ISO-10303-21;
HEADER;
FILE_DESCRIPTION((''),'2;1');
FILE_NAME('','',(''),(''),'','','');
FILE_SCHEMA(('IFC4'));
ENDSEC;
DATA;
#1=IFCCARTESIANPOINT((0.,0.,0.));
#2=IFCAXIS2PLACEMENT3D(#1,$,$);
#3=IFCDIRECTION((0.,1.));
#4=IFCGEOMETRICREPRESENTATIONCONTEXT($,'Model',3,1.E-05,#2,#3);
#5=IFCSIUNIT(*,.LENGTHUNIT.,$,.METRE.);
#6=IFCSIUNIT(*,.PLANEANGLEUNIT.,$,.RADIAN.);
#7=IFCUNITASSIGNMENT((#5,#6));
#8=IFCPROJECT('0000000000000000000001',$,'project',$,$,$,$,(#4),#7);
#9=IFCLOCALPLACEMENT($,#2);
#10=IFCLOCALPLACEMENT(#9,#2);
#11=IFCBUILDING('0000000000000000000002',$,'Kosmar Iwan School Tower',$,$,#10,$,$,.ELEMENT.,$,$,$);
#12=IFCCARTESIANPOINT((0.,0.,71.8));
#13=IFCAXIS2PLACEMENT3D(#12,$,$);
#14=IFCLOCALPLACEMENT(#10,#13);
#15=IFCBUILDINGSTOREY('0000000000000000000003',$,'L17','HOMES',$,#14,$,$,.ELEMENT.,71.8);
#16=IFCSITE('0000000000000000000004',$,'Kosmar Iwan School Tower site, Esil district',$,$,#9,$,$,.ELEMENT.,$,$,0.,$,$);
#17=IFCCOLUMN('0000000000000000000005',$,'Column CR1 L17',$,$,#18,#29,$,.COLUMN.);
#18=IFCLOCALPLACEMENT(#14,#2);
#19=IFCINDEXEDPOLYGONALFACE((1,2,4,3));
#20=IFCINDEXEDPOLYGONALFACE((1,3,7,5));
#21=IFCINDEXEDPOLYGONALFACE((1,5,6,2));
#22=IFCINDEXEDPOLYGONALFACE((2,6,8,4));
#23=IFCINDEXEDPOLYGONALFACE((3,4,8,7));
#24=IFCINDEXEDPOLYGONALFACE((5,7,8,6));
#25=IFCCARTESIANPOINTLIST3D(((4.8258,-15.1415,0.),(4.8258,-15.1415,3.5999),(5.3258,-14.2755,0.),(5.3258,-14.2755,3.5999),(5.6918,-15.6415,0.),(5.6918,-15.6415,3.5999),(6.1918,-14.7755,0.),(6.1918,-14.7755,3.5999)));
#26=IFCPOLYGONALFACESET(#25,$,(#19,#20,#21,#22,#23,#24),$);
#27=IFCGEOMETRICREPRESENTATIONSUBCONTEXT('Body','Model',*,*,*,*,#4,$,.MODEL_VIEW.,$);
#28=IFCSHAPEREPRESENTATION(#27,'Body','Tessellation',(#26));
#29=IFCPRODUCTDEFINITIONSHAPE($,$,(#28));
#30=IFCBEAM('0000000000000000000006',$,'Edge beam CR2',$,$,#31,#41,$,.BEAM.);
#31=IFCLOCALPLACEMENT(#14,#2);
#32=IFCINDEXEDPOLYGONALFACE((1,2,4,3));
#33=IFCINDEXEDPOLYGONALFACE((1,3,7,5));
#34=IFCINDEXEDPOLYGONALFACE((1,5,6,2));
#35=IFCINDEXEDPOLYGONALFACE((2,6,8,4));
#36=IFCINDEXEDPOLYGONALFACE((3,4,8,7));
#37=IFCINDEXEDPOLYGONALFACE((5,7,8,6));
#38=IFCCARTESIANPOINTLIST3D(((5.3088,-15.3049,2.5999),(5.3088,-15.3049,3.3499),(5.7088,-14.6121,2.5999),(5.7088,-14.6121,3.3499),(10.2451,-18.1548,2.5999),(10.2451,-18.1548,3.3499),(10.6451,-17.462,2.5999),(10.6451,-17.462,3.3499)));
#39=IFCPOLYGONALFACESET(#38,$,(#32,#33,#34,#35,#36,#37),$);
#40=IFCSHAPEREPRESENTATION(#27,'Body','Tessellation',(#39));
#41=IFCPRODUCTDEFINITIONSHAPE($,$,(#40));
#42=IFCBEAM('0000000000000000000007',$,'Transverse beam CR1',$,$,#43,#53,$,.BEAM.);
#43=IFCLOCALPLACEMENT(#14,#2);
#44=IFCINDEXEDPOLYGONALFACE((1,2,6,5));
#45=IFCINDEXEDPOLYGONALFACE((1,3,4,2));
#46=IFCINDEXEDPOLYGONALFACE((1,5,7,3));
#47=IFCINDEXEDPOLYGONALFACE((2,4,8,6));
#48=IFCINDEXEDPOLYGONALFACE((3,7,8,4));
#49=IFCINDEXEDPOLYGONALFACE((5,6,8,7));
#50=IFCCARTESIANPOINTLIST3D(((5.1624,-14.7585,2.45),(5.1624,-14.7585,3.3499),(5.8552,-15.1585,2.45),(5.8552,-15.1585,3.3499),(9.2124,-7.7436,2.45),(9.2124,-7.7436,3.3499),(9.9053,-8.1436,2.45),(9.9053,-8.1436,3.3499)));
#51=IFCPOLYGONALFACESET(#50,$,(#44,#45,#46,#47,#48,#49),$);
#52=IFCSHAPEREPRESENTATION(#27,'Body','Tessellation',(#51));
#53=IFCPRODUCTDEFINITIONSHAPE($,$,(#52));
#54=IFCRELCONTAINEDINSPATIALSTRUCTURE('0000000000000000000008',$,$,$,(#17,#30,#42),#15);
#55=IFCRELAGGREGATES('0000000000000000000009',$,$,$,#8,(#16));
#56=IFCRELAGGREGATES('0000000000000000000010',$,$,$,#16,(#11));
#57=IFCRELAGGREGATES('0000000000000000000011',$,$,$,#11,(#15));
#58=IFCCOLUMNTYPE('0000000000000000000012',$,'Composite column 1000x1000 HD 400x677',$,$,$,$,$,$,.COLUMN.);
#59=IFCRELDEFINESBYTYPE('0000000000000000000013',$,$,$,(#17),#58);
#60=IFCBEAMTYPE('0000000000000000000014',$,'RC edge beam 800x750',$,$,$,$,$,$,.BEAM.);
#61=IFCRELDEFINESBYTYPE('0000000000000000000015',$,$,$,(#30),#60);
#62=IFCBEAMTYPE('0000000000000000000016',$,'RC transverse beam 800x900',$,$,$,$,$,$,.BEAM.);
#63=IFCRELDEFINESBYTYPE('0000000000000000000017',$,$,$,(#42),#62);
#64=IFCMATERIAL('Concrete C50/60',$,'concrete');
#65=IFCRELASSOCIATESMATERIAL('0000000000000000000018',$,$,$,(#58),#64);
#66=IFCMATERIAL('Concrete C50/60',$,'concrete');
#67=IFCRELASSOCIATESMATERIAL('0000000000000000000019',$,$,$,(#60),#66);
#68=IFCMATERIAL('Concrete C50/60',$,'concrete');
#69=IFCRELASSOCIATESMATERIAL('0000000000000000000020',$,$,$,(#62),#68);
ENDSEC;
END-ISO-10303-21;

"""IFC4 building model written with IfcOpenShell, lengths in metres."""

from ifc_helpers import new_model, si_unit, direction, frame, origin, origin_2d, place, context, subcontext, project, spatial, rectangle, extrude, material, material_profile, profile_set, type_object, element, save


model = new_model("IFC4")

# Units and contexts
model_context = context("Model", 3, precision=1e-05, world=origin(), true_north=direction((0.0, 1.0)))
body_context = subcontext(model_context, "Body", "Model", "MODEL_VIEW")
ifc_project = project(units=[si_unit("LENGTHUNIT", "METRE"), si_unit("PLANEANGLEUNIT", "RADIAN")], contexts=[model_context])

# Site, building, storey
site_placement = place(None, origin())
site = spatial("IfcSite", under=ifc_project, at=site_placement, Name="Kosmar Iwan School Tower site, Esil district", CompositionType="ELEMENT", RefElevation=0.0)
building_placement = place(site_placement, origin())
building = spatial("IfcBuilding", under=site, at=building_placement, Name="Kosmar Iwan School Tower", CompositionType="ELEMENT")
storey_placement = place(building_placement, frame((0.0, 0.0, 71.8)))
storey = spatial("IfcBuildingStorey", under=building, at=storey_placement, Name="L17", Description="HOMES", CompositionType="ELEMENT", Elevation=71.8)

# Column
ifc_material_1 = material(Name="Concrete C50/60", Category="concrete")
ifc_material_profile_1 = material_profile(ifc_material_1, rectangle(XDim=1.0, YDim=1.0, at=origin_2d()), Name="RC 1000x1000 + HD 400x677")
ifc_profile_set_1 = profile_set([ifc_material_profile_1], Name="Concrete C50/60")
column_type = type_object("IfcColumnType", Name="Composite column 1000x1000 HD 400x677", PredefinedType="COLUMN", material=ifc_profile_set_1)
column_placement = place(storey_placement, frame((5.5088, -14.9585, 0.0), z_axis=(0.0, 0.0, 1.0), x_axis=(0.866025, -0.5, 0.0)))
element("IfcColumn", 1, at=column_placement, inside=storey, type_object=column_type, Name="Column CR1 L17", PredefinedType="COLUMN", context=body_context, shape_type="SweptSolid", body=[
    extrude(rectangle(XDim=1.0, YDim=1.0, at=origin_2d()), origin(), (0.0, 0.0, 1.0), 3.5999),
])

# Beams
ifc_material_2 = material(Name="Concrete C50/60", Category="concrete")
ifc_material_profile_2 = material_profile(ifc_material_2, rectangle(XDim=0.8, YDim=0.75, at=origin_2d()), Name="RC 800x750")
ifc_profile_set_2 = profile_set([ifc_material_profile_2], Name="Concrete C50/60")
beam_type_1 = type_object("IfcBeamType", Name="RC edge beam 800x750", PredefinedType="BEAM", material=ifc_profile_set_2)
beam_1_placement = place(storey_placement, frame((5.5088, -14.9585, 2.9749), z_axis=(0.866034, -0.499986, 0.0), x_axis=(0.499986, 0.866034, 0.0)))
element("IfcBeam", 2, at=beam_1_placement, inside=storey, type_object=beam_type_1, Name="Edge beam CR2", PredefinedType="BEAM", context=body_context, shape_type="SweptSolid", body=[
    extrude(rectangle(XDim=0.8, YDim=0.75, at=origin_2d()), origin(), (0.0, 0.0, 1.0), 5.7),
])
ifc_material_3 = material(Name="Concrete C50/60", Category="concrete")
ifc_material_profile_3 = material_profile(ifc_material_3, rectangle(XDim=0.8, YDim=0.8999, at=origin_2d()), Name="RC 800x900")
ifc_profile_set_3 = profile_set([ifc_material_profile_3], Name="Concrete C50/60")
beam_type_2 = type_object("IfcBeamType", Name="RC transverse beam 800x900", PredefinedType="BEAM", material=ifc_profile_set_3)
beam_2_placement = place(storey_placement, frame((5.5088, -14.9585, 2.8999), z_axis=(0.5, 0.866025, 0.0), x_axis=(-0.866025, 0.5, 0.0)))
element("IfcBeam", 3, at=beam_2_placement, inside=storey, type_object=beam_type_2, Name="Transverse beam CR1", PredefinedType="BEAM", context=body_context, shape_type="SweptSolid", body=[
    extrude(rectangle(XDim=0.8, YDim=0.8999, at=origin_2d()), origin(), (0.0, 0.0, 1.0), 8.1001),
])

save(model, "model.ifc")
